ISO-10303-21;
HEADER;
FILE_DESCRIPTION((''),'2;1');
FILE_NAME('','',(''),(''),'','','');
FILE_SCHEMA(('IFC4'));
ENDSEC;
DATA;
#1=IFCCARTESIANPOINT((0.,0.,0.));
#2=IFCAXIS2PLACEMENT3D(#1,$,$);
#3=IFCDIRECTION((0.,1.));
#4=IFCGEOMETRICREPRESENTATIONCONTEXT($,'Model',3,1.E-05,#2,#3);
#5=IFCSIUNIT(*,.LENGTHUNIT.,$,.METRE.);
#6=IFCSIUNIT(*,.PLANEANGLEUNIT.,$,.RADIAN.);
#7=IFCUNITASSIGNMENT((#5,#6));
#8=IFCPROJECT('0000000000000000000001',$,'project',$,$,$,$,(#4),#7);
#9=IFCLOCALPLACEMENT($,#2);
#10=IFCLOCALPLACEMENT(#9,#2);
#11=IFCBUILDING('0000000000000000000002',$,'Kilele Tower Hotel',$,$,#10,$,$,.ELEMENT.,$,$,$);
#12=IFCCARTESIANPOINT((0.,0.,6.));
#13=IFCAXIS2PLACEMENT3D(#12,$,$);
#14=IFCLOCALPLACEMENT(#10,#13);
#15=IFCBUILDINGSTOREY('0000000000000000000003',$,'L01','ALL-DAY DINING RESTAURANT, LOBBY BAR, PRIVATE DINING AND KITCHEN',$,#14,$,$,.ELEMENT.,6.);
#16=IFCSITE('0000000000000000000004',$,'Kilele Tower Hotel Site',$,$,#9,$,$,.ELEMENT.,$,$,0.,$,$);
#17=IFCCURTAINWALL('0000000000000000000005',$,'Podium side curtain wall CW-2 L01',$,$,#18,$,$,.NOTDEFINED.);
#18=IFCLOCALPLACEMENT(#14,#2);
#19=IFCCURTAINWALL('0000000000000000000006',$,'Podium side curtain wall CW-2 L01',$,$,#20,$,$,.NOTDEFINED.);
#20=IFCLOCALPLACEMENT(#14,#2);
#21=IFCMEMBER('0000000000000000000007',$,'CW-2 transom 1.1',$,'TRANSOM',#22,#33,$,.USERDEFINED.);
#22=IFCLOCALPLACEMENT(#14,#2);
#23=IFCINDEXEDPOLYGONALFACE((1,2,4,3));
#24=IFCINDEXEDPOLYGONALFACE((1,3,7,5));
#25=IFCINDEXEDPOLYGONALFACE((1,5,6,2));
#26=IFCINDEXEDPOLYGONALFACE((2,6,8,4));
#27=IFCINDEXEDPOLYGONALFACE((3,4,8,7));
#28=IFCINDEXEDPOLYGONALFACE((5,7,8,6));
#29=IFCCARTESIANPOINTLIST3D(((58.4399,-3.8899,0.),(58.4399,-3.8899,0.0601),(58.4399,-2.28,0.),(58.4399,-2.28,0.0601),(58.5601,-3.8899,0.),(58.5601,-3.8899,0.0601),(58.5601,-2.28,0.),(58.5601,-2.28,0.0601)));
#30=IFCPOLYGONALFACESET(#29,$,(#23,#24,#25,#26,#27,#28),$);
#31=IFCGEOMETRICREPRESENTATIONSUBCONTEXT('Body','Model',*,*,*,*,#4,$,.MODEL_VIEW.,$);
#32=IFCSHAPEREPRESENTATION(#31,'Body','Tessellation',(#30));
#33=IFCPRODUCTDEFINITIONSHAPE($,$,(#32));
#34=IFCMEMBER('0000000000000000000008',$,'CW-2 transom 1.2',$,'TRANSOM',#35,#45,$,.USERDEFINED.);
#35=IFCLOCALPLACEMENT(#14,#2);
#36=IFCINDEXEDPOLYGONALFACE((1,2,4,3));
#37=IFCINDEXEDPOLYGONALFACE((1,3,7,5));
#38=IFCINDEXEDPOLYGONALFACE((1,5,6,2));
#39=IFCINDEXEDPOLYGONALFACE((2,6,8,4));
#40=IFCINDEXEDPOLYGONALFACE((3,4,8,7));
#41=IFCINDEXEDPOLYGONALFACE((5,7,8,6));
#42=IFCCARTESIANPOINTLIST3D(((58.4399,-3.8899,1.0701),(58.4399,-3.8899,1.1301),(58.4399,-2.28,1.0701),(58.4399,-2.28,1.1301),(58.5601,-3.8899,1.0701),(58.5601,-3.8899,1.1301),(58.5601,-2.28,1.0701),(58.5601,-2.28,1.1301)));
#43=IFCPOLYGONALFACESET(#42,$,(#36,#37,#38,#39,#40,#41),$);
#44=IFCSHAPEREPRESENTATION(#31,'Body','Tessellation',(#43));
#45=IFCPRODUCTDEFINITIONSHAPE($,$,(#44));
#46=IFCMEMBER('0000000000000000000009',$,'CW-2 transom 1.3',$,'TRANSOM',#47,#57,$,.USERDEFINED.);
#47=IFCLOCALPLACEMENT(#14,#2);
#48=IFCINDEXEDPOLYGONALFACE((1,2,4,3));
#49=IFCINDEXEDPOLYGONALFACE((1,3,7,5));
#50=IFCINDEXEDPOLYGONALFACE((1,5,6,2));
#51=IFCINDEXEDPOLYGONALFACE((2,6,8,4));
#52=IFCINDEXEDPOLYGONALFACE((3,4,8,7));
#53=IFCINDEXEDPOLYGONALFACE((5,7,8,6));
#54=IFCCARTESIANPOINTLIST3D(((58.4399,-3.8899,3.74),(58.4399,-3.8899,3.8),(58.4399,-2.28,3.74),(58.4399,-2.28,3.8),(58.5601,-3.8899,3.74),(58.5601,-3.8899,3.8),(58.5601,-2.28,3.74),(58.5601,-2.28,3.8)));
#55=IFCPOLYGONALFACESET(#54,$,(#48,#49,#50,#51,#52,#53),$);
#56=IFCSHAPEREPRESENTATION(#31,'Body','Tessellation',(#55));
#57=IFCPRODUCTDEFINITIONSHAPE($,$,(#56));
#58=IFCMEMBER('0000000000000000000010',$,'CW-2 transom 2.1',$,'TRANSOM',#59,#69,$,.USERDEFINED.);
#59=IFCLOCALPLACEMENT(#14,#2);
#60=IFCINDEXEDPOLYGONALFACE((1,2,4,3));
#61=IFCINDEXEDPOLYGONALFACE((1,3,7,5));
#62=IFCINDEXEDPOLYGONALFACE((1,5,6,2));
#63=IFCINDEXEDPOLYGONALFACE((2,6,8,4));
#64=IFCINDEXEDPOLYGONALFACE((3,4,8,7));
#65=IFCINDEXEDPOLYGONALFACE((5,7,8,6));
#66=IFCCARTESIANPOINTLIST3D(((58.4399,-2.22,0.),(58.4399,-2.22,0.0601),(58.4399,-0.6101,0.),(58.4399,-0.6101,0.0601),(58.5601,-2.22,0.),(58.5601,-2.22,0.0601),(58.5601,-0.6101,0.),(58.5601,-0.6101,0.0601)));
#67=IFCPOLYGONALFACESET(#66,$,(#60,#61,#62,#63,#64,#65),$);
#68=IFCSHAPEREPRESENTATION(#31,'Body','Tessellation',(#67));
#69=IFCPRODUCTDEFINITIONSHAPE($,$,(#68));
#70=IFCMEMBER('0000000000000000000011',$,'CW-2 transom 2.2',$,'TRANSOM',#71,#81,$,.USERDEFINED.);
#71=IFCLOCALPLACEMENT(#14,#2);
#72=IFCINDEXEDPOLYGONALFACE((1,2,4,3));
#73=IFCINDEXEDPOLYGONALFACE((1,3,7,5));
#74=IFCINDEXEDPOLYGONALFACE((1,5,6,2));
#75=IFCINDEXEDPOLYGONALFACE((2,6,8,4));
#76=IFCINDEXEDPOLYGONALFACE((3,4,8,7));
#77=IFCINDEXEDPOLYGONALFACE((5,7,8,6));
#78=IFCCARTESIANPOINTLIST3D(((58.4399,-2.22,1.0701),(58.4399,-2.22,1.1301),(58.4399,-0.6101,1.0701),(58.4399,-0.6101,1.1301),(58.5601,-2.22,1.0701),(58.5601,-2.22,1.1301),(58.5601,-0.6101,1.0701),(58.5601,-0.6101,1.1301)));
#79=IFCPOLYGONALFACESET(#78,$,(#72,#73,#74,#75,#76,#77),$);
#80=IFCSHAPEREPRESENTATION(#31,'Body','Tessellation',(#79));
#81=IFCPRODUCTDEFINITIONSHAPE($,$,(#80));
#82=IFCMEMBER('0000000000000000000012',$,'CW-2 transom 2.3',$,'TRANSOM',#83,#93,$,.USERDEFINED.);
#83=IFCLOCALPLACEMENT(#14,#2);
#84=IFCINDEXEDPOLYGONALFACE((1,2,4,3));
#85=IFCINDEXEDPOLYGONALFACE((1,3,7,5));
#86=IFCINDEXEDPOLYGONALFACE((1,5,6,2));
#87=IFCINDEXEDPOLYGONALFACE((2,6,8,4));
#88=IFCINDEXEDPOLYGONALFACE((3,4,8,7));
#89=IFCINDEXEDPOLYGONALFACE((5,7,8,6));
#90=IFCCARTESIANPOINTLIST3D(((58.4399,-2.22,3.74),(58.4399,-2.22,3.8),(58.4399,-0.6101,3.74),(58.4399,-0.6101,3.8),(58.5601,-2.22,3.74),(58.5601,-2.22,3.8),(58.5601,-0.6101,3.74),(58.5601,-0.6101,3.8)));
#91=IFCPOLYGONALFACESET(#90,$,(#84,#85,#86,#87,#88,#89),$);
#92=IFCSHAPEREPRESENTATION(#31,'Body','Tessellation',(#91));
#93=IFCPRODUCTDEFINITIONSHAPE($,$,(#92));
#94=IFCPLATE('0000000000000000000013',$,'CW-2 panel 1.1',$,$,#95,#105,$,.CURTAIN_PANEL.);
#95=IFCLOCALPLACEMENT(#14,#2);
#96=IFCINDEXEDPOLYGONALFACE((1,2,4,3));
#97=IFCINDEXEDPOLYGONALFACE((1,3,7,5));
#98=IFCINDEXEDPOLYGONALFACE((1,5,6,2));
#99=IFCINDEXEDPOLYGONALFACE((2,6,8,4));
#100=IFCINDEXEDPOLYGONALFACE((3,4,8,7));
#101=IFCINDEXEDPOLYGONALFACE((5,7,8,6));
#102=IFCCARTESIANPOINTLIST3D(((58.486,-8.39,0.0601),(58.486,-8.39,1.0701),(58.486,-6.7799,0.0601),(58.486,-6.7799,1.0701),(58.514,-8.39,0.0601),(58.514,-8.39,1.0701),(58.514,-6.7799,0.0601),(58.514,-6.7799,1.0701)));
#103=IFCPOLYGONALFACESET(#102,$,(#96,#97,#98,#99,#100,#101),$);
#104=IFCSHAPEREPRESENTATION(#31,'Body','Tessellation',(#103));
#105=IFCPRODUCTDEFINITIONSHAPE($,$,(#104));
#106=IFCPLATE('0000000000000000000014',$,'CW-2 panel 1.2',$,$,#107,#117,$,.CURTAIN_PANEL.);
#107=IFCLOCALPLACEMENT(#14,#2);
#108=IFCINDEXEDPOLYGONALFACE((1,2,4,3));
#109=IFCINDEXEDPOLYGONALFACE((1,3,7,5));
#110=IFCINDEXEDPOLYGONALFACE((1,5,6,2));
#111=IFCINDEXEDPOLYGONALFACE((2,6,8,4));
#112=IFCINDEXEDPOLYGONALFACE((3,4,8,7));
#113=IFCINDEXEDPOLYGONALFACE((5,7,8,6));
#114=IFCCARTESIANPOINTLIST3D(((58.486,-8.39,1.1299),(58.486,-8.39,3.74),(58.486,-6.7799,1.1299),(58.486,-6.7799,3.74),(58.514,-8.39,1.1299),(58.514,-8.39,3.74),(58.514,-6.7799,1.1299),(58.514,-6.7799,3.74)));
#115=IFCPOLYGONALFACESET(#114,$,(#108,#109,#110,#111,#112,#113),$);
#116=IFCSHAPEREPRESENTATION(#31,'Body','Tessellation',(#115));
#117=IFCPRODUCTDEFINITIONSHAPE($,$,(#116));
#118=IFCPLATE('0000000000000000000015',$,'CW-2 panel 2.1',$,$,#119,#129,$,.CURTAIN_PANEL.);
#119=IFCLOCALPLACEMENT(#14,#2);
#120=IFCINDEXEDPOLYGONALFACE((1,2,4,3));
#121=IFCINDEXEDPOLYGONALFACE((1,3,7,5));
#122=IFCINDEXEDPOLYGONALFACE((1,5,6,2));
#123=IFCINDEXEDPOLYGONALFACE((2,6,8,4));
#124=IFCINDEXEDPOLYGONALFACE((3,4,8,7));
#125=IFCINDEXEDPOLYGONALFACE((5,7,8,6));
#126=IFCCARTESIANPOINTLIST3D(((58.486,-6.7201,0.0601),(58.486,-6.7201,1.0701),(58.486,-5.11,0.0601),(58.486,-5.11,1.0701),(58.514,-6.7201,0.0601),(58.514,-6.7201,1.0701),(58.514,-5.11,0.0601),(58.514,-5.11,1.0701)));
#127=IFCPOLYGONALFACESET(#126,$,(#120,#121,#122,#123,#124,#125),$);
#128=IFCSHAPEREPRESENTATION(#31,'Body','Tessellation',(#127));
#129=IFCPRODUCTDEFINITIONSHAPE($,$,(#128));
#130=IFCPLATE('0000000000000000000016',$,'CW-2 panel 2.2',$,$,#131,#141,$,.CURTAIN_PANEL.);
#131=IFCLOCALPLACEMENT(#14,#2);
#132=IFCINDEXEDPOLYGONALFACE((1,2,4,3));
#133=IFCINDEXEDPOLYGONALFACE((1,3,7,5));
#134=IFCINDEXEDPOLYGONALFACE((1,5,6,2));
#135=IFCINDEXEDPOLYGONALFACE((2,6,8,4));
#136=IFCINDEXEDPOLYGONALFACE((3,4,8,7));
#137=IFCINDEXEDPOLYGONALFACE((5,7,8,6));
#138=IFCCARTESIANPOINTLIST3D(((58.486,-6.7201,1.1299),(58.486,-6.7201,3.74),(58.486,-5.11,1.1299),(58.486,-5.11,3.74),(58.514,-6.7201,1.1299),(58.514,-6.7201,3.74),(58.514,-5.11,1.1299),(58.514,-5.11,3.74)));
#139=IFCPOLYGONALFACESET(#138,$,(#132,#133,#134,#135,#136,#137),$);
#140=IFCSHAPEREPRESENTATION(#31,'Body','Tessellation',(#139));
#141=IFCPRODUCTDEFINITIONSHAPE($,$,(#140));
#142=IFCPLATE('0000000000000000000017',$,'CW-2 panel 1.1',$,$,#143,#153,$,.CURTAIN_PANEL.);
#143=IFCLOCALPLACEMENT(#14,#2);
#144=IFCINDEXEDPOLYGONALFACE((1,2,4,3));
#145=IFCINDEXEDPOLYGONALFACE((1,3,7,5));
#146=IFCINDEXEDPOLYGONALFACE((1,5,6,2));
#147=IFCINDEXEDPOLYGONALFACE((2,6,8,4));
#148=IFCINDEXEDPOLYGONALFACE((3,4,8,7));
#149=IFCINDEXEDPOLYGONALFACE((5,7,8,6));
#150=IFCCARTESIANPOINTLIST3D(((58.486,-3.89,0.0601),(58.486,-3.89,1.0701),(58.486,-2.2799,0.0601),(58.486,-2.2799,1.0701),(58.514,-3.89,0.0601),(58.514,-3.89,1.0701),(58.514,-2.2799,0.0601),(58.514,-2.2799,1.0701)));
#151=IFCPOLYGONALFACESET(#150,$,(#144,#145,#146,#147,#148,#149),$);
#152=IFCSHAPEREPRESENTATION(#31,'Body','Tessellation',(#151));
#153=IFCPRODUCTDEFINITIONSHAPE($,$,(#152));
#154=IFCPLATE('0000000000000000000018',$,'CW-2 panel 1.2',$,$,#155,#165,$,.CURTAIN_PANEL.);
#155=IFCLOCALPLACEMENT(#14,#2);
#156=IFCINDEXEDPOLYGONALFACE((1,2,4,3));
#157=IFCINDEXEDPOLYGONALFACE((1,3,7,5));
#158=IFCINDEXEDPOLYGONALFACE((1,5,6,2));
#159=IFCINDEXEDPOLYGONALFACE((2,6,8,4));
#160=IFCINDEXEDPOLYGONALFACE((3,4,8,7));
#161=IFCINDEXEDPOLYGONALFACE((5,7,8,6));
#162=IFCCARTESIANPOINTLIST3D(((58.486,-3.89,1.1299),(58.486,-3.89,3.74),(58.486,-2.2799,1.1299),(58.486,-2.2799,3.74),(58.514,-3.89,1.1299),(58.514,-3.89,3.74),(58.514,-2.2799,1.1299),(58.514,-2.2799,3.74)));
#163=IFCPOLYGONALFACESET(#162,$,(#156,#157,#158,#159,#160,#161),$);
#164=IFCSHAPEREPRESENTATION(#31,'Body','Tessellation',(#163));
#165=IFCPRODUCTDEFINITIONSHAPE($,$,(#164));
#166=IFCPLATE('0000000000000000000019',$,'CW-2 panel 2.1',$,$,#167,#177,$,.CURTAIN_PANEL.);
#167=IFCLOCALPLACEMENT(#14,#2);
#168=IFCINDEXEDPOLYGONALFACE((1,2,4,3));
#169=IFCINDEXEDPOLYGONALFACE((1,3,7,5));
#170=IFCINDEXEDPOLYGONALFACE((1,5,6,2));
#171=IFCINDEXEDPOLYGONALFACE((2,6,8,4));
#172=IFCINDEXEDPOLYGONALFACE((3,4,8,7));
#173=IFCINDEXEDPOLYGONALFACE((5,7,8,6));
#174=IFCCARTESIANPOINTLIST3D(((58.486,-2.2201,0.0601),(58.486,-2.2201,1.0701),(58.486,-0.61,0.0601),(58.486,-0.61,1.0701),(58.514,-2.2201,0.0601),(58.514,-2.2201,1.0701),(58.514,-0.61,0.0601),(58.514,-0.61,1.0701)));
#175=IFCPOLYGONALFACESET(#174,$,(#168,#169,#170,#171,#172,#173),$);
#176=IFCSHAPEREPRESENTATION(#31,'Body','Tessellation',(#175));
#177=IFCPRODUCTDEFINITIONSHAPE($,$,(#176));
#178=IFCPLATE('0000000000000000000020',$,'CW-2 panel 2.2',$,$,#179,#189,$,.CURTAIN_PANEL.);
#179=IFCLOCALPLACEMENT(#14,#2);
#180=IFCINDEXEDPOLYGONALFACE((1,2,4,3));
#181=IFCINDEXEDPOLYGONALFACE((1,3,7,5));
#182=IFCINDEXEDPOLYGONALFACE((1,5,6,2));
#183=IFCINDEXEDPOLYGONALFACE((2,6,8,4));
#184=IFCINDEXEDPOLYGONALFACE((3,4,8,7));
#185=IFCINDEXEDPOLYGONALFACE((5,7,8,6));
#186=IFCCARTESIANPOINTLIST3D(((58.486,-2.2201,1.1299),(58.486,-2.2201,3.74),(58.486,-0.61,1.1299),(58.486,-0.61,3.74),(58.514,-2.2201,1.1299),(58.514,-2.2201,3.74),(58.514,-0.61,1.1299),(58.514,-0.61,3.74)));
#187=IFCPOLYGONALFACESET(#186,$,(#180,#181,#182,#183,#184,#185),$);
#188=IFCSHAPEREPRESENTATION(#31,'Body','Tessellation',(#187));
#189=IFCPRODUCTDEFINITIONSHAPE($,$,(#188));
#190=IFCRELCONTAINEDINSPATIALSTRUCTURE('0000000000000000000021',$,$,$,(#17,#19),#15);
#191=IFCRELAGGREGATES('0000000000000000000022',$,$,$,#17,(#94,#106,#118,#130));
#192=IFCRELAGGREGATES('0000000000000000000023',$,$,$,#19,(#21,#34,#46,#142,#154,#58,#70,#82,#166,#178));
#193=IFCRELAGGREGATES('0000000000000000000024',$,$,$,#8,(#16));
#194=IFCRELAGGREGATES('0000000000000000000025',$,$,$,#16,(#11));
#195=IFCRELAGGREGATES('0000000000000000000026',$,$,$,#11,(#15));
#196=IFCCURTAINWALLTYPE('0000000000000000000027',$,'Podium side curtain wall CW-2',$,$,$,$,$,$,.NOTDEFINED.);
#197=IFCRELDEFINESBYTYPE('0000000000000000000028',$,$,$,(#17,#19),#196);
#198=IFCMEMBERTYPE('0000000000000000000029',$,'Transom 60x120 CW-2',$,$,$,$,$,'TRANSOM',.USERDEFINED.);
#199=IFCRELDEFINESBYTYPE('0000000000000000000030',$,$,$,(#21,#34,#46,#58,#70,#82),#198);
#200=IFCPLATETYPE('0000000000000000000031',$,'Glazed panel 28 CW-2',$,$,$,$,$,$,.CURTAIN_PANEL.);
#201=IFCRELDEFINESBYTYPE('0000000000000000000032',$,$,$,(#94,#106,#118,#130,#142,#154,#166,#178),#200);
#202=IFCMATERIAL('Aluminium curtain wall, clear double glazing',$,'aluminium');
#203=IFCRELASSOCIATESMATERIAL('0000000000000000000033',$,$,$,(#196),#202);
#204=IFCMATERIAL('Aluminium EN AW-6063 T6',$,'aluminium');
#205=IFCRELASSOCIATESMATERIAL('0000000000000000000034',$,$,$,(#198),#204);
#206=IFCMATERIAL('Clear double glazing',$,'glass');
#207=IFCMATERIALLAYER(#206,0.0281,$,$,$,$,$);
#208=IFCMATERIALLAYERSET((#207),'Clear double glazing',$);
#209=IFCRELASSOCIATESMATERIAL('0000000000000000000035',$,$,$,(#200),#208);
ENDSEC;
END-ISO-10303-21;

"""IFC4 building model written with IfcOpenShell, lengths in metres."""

from ifc_helpers import new_model, si_unit, direction, frame, origin, origin_2d, place, context, subcontext, project, spatial, rectangle, extrude, material, layer, layer_set, material_profile, profile_set, type_object, element, aggregate, save


model = new_model("IFC4")

# Units and contexts
model_context = context("Model", 3, precision=1e-05, world=origin(), true_north=direction((0.0, 1.0)))
body_context = subcontext(model_context, "Body", "Model", "MODEL_VIEW")
ifc_project = project(units=[si_unit("LENGTHUNIT", "METRE"), si_unit("PLANEANGLEUNIT", "RADIAN")], contexts=[model_context])

# Site, building, storey
site_placement = place(None, origin())
site = spatial("IfcSite", under=ifc_project, at=site_placement, Name="Kilele Tower Hotel Site", CompositionType="ELEMENT", RefElevation=0.0)
building_placement = place(site_placement, origin())
building = spatial("IfcBuilding", under=site, at=building_placement, Name="Kilele Tower Hotel", CompositionType="ELEMENT")
storey_placement = place(building_placement, frame((0.0, 0.0, 6.0)))
storey = spatial("IfcBuildingStorey", under=building, at=storey_placement, Name="L01", Description="ALL-DAY DINING RESTAURANT, LOBBY BAR, PRIVATE DINING AND KITCHEN", CompositionType="ELEMENT", Elevation=6.0)

# Curtain walls
ifc_material_1 = material(Name="Aluminium curtain wall, clear double glazing", Category="aluminium")
curtain_wall_type = type_object("IfcCurtainWallType", Name="Podium side curtain wall CW-2", PredefinedType="NOTDEFINED", material=ifc_material_1)
curtain_wall_1_placement = place(storey_placement, origin())
curtain_wall_1 = element("IfcCurtainWall", 1, at=curtain_wall_1_placement, inside=storey, type_object=curtain_wall_type, Name="Podium side curtain wall CW-2 L01", PredefinedType="NOTDEFINED")
curtain_wall_2_placement = place(storey_placement, origin())
curtain_wall_2 = element("IfcCurtainWall", 2, at=curtain_wall_2_placement, inside=storey, type_object=curtain_wall_type, Name="Podium side curtain wall CW-2 L01", PredefinedType="NOTDEFINED")

# Members
ifc_material_2 = material(Name="Aluminium EN AW-6063 T6", Category="aluminium")
ifc_material_profile_1 = material_profile(ifc_material_2, rectangle(XDim=0.1201, YDim=0.0601, at=origin_2d()))
ifc_profile_set_1 = profile_set([ifc_material_profile_1], Name="Aluminium EN AW-6063 T6")
member_type_1 = type_object("IfcMemberType", Name="Transom 60x120 CW-2", ElementType="TRANSOM", PredefinedType="USERDEFINED", material=ifc_profile_set_1)
member_1_placement = place(storey_placement, frame((58.5, -3.8899, 0.03), z_axis=(0.0, 1.0, 0.0), x_axis=(-1.0, 0.0, 0.0)))
member_1 = element("IfcMember", 3, at=member_1_placement, type_object=member_type_1, Name="CW-2 transom 1.1", ObjectType="TRANSOM", PredefinedType="USERDEFINED", context=body_context, shape_type="SweptSolid", body=[
    extrude(rectangle(XDim=0.1201, YDim=0.0601, at=origin_2d()), origin(), (0.0, 0.0, 1.0), 1.6099),
])
member_2_placement = place(storey_placement, frame((58.5, -3.8899, 1.1001), z_axis=(0.0, 1.0, 0.0), x_axis=(-1.0, 0.0, 0.0)))
member_2 = element("IfcMember", 4, at=member_2_placement, type_object=member_type_1, Name="CW-2 transom 1.2", ObjectType="TRANSOM", PredefinedType="USERDEFINED", context=body_context, shape_type="SweptSolid", body=[
    extrude(rectangle(XDim=0.1201, YDim=0.0601, at=origin_2d()), origin(), (0.0, 0.0, 1.0), 1.6099),
])
member_3_placement = place(storey_placement, frame((58.5, -3.8899, 3.77), z_axis=(0.0, 1.0, 0.0), x_axis=(-1.0, 0.0, 0.0)))
member_3 = element("IfcMember", 5, at=member_3_placement, type_object=member_type_1, Name="CW-2 transom 1.3", ObjectType="TRANSOM", PredefinedType="USERDEFINED", context=body_context, shape_type="SweptSolid", body=[
    extrude(rectangle(XDim=0.1201, YDim=0.0601, at=origin_2d()), origin(), (0.0, 0.0, 1.0), 1.6099),
])
member_4_placement = place(storey_placement, frame((58.5, -2.22, 0.03), z_axis=(0.0, 1.0, 0.0), x_axis=(-1.0, 0.0, 0.0)))
member_4 = element("IfcMember", 6, at=member_4_placement, type_object=member_type_1, Name="CW-2 transom 2.1", ObjectType="TRANSOM", PredefinedType="USERDEFINED", context=body_context, shape_type="SweptSolid", body=[
    extrude(rectangle(XDim=0.1201, YDim=0.0601, at=origin_2d()), origin(), (0.0, 0.0, 1.0), 1.6099),
])
member_5_placement = place(storey_placement, frame((58.5, -2.22, 1.1001), z_axis=(0.0, 1.0, 0.0), x_axis=(-1.0, 0.0, 0.0)))
member_5 = element("IfcMember", 7, at=member_5_placement, type_object=member_type_1, Name="CW-2 transom 2.2", ObjectType="TRANSOM", PredefinedType="USERDEFINED", context=body_context, shape_type="SweptSolid", body=[
    extrude(rectangle(XDim=0.1201, YDim=0.0601, at=origin_2d()), origin(), (0.0, 0.0, 1.0), 1.6099),
])
member_6_placement = place(storey_placement, frame((58.5, -2.22, 3.77), z_axis=(0.0, 1.0, 0.0), x_axis=(-1.0, 0.0, 0.0)))
member_6 = element("IfcMember", 8, at=member_6_placement, type_object=member_type_1, Name="CW-2 transom 2.3", ObjectType="TRANSOM", PredefinedType="USERDEFINED", context=body_context, shape_type="SweptSolid", body=[
    extrude(rectangle(XDim=0.1201, YDim=0.0601, at=origin_2d()), origin(), (0.0, 0.0, 1.0), 1.6099),
])

# Plates
ifc_material_3 = material(Name="Clear double glazing", Category="glass")
ifc_layer_1 = layer(ifc_material_3, 0.0281)
ifc_layer_set_1 = layer_set([ifc_layer_1], Name="Clear double glazing")
plate_type = type_object("IfcPlateType", Name="Glazed panel 28 CW-2", PredefinedType="CURTAIN_PANEL", material=ifc_layer_set_1)
plate_1_placement = place(storey_placement, frame((58.5, -7.585, 0.0601), z_axis=(0.0, 0.0, 1.0), x_axis=(0.0, 1.0, 0.0)))
plate_1 = element("IfcPlate", 9, at=plate_1_placement, type_object=plate_type, Name="CW-2 panel 1.1", PredefinedType="CURTAIN_PANEL", context=body_context, shape_type="SweptSolid", body=[
    extrude(rectangle(XDim=1.6101, YDim=0.0281, at=origin_2d()), origin(), (0.0, 0.0, 1.0), 1.01),
])
plate_2_placement = place(storey_placement, frame((58.5, -7.585, 1.1299), z_axis=(0.0, 0.0, 1.0), x_axis=(0.0, 1.0, 0.0)))
plate_2 = element("IfcPlate", 10, at=plate_2_placement, type_object=plate_type, Name="CW-2 panel 1.2", PredefinedType="CURTAIN_PANEL", context=body_context, shape_type="SweptSolid", body=[
    extrude(rectangle(XDim=1.6101, YDim=0.0281, at=origin_2d()), origin(), (0.0, 0.0, 1.0), 2.6101),
])
plate_3_placement = place(storey_placement, frame((58.5, -5.915, 0.0601), z_axis=(0.0, 0.0, 1.0), x_axis=(0.0, 1.0, 0.0)))
plate_3 = element("IfcPlate", 11, at=plate_3_placement, type_object=plate_type, Name="CW-2 panel 2.1", PredefinedType="CURTAIN_PANEL", context=body_context, shape_type="SweptSolid", body=[
    extrude(rectangle(XDim=1.6101, YDim=0.0281, at=origin_2d()), origin(), (0.0, 0.0, 1.0), 1.01),
])
plate_4_placement = place(storey_placement, frame((58.5, -5.915, 1.1299), z_axis=(0.0, 0.0, 1.0), x_axis=(0.0, 1.0, 0.0)))
plate_4 = element("IfcPlate", 12, at=plate_4_placement, type_object=plate_type, Name="CW-2 panel 2.2", PredefinedType="CURTAIN_PANEL", context=body_context, shape_type="SweptSolid", body=[
    extrude(rectangle(XDim=1.6101, YDim=0.0281, at=origin_2d()), origin(), (0.0, 0.0, 1.0), 2.6101),
])
aggregate(curtain_wall_1, [plate_1, plate_2, plate_3, plate_4])
plate_5_placement = place(storey_placement, frame((58.5, -3.085, 0.0601), z_axis=(0.0, 0.0, 1.0), x_axis=(0.0, 1.0, 0.0)))
plate_5 = element("IfcPlate", 13, at=plate_5_placement, type_object=plate_type, Name="CW-2 panel 1.1", PredefinedType="CURTAIN_PANEL", context=body_context, shape_type="SweptSolid", body=[
    extrude(rectangle(XDim=1.6101, YDim=0.0281, at=origin_2d()), origin(), (0.0, 0.0, 1.0), 1.01),
])
plate_6_placement = place(storey_placement, frame((58.5, -3.085, 1.1299), z_axis=(0.0, 0.0, 1.0), x_axis=(0.0, 1.0, 0.0)))
plate_6 = element("IfcPlate", 14, at=plate_6_placement, type_object=plate_type, Name="CW-2 panel 1.2", PredefinedType="CURTAIN_PANEL", context=body_context, shape_type="SweptSolid", body=[
    extrude(rectangle(XDim=1.6101, YDim=0.0281, at=origin_2d()), origin(), (0.0, 0.0, 1.0), 2.6101),
])
plate_7_placement = place(storey_placement, frame((58.5, -1.415, 0.0601), z_axis=(0.0, 0.0, 1.0), x_axis=(0.0, 1.0, 0.0)))
plate_7 = element("IfcPlate", 15, at=plate_7_placement, type_object=plate_type, Name="CW-2 panel 2.1", PredefinedType="CURTAIN_PANEL", context=body_context, shape_type="SweptSolid", body=[
    extrude(rectangle(XDim=1.6101, YDim=0.0281, at=origin_2d()), origin(), (0.0, 0.0, 1.0), 1.01),
])
plate_8_placement = place(storey_placement, frame((58.5, -1.415, 1.1299), z_axis=(0.0, 0.0, 1.0), x_axis=(0.0, 1.0, 0.0)))
plate_8 = element("IfcPlate", 16, at=plate_8_placement, type_object=plate_type, Name="CW-2 panel 2.2", PredefinedType="CURTAIN_PANEL", context=body_context, shape_type="SweptSolid", body=[
    extrude(rectangle(XDim=1.6101, YDim=0.0281, at=origin_2d()), origin(), (0.0, 0.0, 1.0), 2.6101),
])
aggregate(curtain_wall_2, [member_1, member_2, member_3, plate_5, plate_6, member_4, member_5, member_6, plate_7, plate_8])

save(model, "model.ifc")
